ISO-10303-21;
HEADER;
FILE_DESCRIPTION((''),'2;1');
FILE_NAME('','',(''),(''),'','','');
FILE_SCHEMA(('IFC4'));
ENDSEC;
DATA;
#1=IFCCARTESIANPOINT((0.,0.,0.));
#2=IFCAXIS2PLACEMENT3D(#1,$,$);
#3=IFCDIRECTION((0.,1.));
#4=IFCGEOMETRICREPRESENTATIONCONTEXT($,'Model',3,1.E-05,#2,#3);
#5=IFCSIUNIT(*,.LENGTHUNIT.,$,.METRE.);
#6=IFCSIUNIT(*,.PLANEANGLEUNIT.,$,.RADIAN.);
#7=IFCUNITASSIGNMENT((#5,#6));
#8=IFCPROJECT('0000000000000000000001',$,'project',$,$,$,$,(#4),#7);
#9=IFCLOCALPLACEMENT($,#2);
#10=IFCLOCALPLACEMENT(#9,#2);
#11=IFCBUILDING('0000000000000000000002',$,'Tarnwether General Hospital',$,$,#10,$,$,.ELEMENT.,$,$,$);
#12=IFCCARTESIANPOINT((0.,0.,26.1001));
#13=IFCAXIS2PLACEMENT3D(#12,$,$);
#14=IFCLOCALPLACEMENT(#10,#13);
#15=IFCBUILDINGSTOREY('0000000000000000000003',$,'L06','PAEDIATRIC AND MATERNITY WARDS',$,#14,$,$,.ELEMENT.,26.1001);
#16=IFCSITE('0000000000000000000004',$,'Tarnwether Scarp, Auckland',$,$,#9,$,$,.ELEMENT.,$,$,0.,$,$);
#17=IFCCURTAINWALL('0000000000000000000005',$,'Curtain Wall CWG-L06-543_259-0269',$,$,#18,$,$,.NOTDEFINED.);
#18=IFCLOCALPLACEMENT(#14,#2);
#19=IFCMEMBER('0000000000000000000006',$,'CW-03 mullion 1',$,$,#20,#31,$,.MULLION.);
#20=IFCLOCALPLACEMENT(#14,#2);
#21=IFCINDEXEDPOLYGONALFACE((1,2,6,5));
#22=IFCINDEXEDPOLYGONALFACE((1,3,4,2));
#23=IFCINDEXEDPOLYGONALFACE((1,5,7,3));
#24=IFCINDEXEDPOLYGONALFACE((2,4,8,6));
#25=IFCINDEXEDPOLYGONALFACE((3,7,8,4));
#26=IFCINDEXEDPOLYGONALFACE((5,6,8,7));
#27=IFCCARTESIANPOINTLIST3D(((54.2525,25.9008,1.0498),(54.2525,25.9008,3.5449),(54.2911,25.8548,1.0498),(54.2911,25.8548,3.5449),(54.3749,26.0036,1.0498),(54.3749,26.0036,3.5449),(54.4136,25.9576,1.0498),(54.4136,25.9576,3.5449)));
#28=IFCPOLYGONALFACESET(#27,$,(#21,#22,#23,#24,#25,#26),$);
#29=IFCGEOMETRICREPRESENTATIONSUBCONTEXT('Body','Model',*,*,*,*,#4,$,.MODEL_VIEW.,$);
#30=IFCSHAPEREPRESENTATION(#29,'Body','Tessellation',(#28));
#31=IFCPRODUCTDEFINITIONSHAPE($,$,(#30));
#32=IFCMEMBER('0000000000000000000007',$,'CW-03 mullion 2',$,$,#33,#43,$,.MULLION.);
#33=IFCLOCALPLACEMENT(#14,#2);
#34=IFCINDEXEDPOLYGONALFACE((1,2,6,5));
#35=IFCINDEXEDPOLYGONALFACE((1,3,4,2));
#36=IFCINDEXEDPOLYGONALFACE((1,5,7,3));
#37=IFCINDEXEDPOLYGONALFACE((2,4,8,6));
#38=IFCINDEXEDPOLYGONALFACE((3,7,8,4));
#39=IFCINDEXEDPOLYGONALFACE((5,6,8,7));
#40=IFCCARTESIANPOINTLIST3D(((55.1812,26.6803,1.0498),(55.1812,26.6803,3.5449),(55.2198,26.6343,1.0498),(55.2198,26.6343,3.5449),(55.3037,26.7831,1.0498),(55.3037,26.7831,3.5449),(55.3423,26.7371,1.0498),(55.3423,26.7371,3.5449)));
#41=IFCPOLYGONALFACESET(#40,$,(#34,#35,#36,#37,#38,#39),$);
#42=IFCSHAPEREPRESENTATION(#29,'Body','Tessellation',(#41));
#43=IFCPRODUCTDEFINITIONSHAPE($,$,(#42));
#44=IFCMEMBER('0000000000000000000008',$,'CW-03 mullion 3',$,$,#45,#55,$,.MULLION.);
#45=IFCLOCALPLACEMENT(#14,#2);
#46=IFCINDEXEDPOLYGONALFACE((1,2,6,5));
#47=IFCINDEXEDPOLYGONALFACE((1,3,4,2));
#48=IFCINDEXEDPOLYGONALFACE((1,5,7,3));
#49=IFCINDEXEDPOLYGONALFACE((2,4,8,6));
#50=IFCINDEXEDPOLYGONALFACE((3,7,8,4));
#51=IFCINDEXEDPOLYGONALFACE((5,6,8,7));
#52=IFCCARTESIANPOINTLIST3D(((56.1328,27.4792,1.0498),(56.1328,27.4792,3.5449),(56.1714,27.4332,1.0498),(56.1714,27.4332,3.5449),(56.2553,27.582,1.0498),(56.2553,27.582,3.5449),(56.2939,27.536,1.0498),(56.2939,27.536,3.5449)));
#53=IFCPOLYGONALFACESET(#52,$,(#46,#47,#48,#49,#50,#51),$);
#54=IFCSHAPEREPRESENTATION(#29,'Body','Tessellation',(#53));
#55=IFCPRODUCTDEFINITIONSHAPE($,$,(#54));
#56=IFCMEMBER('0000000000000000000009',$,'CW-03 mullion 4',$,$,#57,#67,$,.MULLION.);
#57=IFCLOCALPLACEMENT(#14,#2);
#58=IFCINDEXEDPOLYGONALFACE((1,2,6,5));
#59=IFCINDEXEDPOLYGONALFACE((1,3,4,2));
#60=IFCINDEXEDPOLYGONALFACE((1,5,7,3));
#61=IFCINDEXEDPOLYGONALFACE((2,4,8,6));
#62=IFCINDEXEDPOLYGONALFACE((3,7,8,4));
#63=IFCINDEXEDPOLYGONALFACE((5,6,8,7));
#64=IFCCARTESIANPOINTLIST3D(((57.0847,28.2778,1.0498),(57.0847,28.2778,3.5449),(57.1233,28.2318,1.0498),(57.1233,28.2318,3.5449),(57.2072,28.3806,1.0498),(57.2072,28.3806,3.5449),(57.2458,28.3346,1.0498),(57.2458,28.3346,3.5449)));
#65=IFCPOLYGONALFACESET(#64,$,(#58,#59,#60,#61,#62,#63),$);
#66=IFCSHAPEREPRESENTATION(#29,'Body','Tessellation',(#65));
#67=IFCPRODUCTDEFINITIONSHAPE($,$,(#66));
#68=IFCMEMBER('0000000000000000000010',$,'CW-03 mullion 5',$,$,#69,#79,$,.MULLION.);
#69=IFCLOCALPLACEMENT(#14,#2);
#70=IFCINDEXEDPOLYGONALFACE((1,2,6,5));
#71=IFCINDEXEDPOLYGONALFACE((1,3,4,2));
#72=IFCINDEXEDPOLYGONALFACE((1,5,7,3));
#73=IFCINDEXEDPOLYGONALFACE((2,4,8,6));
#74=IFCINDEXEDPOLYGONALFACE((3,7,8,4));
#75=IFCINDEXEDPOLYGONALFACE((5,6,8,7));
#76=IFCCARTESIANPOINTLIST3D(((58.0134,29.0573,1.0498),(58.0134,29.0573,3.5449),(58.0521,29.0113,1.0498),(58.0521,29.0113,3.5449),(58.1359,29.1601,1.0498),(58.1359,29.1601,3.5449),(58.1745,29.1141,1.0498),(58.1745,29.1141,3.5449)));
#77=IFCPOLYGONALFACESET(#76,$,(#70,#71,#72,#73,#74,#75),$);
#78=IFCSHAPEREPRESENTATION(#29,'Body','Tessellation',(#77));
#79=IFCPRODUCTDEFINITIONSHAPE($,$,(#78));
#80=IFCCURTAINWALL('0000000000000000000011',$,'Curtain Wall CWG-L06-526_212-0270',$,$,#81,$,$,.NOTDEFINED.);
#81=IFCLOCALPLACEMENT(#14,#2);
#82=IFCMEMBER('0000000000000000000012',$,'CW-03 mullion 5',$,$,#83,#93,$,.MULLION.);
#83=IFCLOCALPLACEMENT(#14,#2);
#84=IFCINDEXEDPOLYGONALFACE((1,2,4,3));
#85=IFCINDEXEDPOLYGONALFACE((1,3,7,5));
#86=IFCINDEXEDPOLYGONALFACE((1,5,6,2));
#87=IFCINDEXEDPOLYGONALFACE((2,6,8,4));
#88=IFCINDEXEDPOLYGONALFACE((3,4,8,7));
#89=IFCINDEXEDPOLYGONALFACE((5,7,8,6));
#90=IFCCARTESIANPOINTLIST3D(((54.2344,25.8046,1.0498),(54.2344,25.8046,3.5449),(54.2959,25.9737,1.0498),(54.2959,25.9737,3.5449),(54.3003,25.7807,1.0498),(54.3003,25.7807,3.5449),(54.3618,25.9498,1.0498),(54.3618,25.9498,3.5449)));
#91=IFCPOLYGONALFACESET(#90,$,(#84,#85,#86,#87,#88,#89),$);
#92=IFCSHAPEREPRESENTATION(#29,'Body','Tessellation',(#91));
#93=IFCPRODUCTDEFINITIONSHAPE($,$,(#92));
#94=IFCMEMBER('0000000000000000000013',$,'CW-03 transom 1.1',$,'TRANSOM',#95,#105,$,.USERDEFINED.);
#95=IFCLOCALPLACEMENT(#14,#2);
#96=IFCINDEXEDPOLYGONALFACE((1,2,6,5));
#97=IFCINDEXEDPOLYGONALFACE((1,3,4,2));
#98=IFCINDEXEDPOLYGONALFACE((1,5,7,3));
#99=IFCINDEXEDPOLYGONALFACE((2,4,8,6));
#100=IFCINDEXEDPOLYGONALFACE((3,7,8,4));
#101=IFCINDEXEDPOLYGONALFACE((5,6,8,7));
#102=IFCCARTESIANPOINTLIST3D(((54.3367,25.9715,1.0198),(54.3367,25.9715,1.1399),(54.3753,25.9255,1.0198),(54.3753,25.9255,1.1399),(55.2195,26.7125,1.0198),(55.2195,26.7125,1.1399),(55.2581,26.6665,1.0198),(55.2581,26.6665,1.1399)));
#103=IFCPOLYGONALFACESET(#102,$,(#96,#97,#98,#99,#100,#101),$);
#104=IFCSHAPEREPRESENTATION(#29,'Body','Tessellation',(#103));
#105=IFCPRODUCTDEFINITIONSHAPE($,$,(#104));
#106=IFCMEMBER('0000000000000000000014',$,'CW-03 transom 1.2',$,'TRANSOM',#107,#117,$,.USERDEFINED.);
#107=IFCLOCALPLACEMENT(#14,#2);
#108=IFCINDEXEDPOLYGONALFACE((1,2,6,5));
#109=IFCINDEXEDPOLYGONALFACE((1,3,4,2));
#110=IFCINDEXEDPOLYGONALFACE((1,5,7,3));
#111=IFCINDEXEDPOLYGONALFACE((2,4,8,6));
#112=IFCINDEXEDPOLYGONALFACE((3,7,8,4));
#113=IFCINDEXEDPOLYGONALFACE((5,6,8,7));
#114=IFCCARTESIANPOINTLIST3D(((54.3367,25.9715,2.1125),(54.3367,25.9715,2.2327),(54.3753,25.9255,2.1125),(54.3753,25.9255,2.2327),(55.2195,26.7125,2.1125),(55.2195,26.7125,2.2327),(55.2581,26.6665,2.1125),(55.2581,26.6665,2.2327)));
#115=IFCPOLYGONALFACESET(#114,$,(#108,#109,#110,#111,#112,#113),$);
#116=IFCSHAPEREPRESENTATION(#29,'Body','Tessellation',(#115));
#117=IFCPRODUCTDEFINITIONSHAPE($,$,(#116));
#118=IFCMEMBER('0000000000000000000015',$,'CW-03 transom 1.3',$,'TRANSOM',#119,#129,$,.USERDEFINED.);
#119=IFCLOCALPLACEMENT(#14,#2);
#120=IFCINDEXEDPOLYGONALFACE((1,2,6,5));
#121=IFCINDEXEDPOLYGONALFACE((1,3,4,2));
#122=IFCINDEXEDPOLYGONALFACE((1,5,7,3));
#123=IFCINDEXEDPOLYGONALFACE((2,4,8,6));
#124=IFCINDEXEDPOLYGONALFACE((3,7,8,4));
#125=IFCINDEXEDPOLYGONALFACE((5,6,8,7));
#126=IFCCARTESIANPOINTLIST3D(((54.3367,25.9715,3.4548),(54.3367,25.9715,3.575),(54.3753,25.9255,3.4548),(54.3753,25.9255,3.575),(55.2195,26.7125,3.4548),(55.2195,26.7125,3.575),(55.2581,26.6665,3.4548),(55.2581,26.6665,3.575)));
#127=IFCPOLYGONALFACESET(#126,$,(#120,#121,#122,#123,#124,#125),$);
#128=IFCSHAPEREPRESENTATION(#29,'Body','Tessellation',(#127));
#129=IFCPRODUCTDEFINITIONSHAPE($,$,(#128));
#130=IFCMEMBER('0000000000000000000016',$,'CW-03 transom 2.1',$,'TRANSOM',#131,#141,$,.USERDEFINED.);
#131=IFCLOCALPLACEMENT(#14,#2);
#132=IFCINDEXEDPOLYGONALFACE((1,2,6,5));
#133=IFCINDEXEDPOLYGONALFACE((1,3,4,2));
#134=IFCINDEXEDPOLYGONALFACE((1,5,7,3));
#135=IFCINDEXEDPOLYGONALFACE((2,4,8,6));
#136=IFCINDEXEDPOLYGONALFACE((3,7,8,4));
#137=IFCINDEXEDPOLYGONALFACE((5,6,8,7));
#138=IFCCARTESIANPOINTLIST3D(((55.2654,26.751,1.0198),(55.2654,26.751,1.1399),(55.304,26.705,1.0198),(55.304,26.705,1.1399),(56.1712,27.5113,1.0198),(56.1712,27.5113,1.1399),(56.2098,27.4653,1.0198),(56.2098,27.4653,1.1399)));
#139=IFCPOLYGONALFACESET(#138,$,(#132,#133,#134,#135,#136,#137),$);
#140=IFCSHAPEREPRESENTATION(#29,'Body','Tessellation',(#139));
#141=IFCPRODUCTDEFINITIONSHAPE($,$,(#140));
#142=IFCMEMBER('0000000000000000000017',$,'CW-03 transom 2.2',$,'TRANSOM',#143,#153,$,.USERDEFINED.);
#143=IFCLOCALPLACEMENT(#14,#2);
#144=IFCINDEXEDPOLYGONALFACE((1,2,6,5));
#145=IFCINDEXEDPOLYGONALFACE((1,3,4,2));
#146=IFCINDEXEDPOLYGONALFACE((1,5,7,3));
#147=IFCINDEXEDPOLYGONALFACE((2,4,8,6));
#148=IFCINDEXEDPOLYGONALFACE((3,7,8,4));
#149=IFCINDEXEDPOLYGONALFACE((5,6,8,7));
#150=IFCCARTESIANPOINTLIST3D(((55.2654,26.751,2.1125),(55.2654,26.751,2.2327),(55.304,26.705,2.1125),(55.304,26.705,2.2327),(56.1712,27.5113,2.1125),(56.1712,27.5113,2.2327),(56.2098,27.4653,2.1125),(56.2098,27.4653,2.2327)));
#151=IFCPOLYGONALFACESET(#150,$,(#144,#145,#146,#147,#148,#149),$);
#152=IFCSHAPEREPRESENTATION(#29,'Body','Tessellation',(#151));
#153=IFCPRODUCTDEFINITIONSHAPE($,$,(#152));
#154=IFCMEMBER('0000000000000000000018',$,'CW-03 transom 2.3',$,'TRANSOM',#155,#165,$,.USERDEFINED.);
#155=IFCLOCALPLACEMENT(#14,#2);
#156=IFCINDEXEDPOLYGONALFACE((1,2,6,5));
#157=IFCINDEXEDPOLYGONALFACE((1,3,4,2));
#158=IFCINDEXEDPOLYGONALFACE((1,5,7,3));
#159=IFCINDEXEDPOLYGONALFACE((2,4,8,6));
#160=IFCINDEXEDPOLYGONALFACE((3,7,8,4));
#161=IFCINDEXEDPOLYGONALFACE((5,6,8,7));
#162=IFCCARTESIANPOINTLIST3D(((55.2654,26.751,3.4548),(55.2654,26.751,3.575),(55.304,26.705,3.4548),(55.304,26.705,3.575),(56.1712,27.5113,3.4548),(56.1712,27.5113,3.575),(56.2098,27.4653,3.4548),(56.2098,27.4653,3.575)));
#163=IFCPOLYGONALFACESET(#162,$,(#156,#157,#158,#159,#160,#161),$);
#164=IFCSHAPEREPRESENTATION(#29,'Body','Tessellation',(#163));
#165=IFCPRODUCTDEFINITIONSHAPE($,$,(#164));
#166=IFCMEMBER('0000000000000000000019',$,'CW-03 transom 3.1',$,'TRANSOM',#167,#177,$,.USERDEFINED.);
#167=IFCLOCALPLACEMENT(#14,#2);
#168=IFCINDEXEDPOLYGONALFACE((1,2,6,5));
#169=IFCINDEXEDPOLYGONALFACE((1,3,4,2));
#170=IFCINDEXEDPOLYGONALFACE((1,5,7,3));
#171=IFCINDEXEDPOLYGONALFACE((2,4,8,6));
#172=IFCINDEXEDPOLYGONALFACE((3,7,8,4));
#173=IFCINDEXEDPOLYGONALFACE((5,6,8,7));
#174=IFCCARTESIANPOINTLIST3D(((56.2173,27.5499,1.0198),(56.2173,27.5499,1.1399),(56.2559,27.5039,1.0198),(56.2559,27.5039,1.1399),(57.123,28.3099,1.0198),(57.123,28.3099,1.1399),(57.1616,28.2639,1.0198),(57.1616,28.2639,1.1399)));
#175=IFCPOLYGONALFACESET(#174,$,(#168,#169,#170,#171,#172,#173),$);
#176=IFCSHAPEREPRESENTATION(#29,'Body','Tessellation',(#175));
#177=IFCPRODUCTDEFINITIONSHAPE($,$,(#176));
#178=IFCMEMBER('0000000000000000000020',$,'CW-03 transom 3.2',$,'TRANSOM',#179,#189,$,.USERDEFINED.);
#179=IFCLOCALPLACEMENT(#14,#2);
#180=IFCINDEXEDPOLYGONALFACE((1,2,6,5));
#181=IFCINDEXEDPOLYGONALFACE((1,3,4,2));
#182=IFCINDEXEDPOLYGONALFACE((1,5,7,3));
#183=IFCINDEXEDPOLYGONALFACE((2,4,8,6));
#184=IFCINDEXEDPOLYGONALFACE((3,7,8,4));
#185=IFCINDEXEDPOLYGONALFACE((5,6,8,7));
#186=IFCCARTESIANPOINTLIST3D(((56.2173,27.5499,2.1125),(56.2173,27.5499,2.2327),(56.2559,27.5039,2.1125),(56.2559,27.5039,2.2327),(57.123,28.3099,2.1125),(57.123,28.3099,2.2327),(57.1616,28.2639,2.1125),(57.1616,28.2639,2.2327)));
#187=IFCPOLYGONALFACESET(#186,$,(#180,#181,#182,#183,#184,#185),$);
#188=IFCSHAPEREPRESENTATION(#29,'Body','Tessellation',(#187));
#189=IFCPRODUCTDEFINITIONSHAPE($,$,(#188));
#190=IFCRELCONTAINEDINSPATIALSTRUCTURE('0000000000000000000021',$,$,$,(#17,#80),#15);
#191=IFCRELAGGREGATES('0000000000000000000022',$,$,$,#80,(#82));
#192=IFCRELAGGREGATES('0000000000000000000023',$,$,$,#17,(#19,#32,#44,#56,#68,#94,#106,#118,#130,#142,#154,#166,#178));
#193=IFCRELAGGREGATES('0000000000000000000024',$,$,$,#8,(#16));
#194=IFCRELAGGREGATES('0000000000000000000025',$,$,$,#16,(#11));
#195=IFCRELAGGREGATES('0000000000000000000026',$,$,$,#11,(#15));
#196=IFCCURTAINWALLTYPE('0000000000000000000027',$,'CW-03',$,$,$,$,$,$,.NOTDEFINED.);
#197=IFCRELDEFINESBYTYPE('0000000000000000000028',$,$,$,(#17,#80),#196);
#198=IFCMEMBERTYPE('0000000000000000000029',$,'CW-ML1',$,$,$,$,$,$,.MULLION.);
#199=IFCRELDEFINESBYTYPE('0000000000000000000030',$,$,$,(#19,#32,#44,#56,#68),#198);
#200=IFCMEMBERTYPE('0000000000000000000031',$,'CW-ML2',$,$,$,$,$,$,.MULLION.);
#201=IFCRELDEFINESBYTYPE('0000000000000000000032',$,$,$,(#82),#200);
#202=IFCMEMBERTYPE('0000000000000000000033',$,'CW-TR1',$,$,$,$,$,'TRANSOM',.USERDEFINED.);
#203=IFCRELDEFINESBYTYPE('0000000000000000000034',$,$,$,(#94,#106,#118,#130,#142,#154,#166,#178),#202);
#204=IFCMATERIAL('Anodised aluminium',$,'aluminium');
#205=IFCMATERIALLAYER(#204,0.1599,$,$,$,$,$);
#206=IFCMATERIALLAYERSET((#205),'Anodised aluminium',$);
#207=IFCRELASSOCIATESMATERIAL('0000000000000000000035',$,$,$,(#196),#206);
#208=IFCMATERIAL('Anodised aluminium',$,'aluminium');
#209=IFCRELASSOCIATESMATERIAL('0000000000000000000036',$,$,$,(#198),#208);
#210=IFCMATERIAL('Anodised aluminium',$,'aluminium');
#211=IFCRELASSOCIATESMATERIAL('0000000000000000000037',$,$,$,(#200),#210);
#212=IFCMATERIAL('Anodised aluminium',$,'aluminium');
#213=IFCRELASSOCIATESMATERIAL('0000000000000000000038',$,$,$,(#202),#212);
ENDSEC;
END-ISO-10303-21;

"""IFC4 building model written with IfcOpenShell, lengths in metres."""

from ifc_helpers import new_model, si_unit, direction, frame, origin, origin_2d, place, context, subcontext, project, spatial, rectangle, extrude, material, layer, layer_set, material_profile, profile_set, type_object, element, aggregate, save


model = new_model("IFC4")

# Units and contexts
model_context = context("Model", 3, precision=1e-05, world=origin(), true_north=direction((0.0, 1.0)))
body_context = subcontext(model_context, "Body", "Model", "MODEL_VIEW")
ifc_project = project(units=[si_unit("LENGTHUNIT", "METRE"), si_unit("PLANEANGLEUNIT", "RADIAN")], contexts=[model_context])

# Site, building, storey
site_placement = place(None, origin())
site = spatial("IfcSite", under=ifc_project, at=site_placement, Name="Tarnwether Scarp, Auckland", CompositionType="ELEMENT", RefElevation=0.0)
building_placement = place(site_placement, origin())
building = spatial("IfcBuilding", under=site, at=building_placement, Name="Tarnwether General Hospital", CompositionType="ELEMENT")
storey_placement = place(building_placement, frame((0.0, 0.0, 26.1001)))
storey = spatial("IfcBuildingStorey", under=building, at=storey_placement, Name="L06", Description="PAEDIATRIC AND MATERNITY WARDS", CompositionType="ELEMENT", Elevation=26.1001)

# Curtain wall, members
ifc_material_1 = material(Name="Anodised aluminium", Category="aluminium")
ifc_layer_1 = layer(ifc_material_1, 0.1599)
ifc_layer_set_1 = layer_set([ifc_layer_1], Name="Anodised aluminium")
curtain_wall_type = type_object("IfcCurtainWallType", Name="CW-03", PredefinedType="NOTDEFINED", material=ifc_layer_set_1)
curtain_wall_1_placement = place(storey_placement, origin())
curtain_wall_1 = element("IfcCurtainWall", 1, at=curtain_wall_1_placement, inside=storey, type_object=curtain_wall_type, Name="Curtain Wall CWG-L06-543_259-0269", PredefinedType="NOTDEFINED")
ifc_material_2 = material(Name="Anodised aluminium", Category="aluminium")
ifc_material_profile_1 = material_profile(ifc_material_2, rectangle(XDim=0.0601, YDim=0.1599, at=origin_2d()), Name="ALU-MUL-60x160")
ifc_profile_set_1 = profile_set([ifc_material_profile_1], Name="Anodised aluminium")
member_type_1 = type_object("IfcMemberType", Name="CW-ML1", PredefinedType="MULLION", material=ifc_profile_set_1)
member_1_placement = place(storey_placement, frame((54.333, 25.9292, 1.0498), z_axis=(0.0, 0.0, 1.0), x_axis=(-0.642852, 0.76599, 0.0)))
member_1 = element("IfcMember", 2, at=member_1_placement, type_object=member_type_1, Name="CW-03 mullion 1", PredefinedType="MULLION", context=body_context, shape_type="SweptSolid", body=[
    extrude(rectangle(XDim=0.0601, YDim=0.1599, at=origin_2d()), origin(), (0.0, 0.0, 1.0), 2.4951),
])
member_2_placement = place(storey_placement, frame((55.2617, 26.7087, 1.0498), z_axis=(0.0, 0.0, 1.0), x_axis=(-0.642852, 0.76599, 0.0)))
member_2 = element("IfcMember", 3, at=member_2_placement, type_object=member_type_1, Name="CW-03 mullion 2", PredefinedType="MULLION", context=body_context, shape_type="SweptSolid", body=[
    extrude(rectangle(XDim=0.0601, YDim=0.1599, at=origin_2d()), origin(), (0.0, 0.0, 1.0), 2.4951),
])
member_3_placement = place(storey_placement, frame((56.2134, 27.5076, 1.0498), z_axis=(0.0, 0.0, 1.0), x_axis=(-0.642852, 0.76599, 0.0)))
member_3 = element("IfcMember", 4, at=member_3_placement, type_object=member_type_1, Name="CW-03 mullion 3", PredefinedType="MULLION", context=body_context, shape_type="SweptSolid", body=[
    extrude(rectangle(XDim=0.0601, YDim=0.1599, at=origin_2d()), origin(), (0.0, 0.0, 1.0), 2.4951),
])
member_4_placement = place(storey_placement, frame((57.1653, 28.3062, 1.0498), z_axis=(0.0, 0.0, 1.0), x_axis=(-0.642852, 0.76599, 0.0)))
member_4 = element("IfcMember", 5, at=member_4_placement, type_object=member_type_1, Name="CW-03 mullion 4", PredefinedType="MULLION", context=body_context, shape_type="SweptSolid", body=[
    extrude(rectangle(XDim=0.0601, YDim=0.1599, at=origin_2d()), origin(), (0.0, 0.0, 1.0), 2.4951),
])
member_5_placement = place(storey_placement, frame((58.094, 29.0857, 1.0498), z_axis=(0.0, 0.0, 1.0), x_axis=(-0.642852, 0.76599, 0.0)))
member_5 = element("IfcMember", 6, at=member_5_placement, type_object=member_type_1, Name="CW-03 mullion 5", PredefinedType="MULLION", context=body_context, shape_type="SweptSolid", body=[
    extrude(rectangle(XDim=0.0601, YDim=0.1599, at=origin_2d()), origin(), (0.0, 0.0, 1.0), 2.4951),
])

# Curtain wall, member
curtain_wall_2_placement = place(storey_placement, origin())
curtain_wall_2 = element("IfcCurtainWall", 7, at=curtain_wall_2_placement, inside=storey, type_object=curtain_wall_type, Name="Curtain Wall CWG-L06-526_212-0270", PredefinedType="NOTDEFINED")
ifc_material_3 = material(Name="Anodised aluminium", Category="aluminium")
ifc_material_profile_2 = material_profile(ifc_material_3, rectangle(XDim=0.0701, YDim=0.1799, at=origin_2d()), Name="ALU-MUL-70x180")
ifc_profile_set_2 = profile_set([ifc_material_profile_2], Name="Anodised aluminium")
member_type_2 = type_object("IfcMemberType", Name="CW-ML2", PredefinedType="MULLION", material=ifc_profile_set_2)
member_6_placement = place(storey_placement, frame((54.2981, 25.8772, 1.0498), z_axis=(0.0, 0.0, 1.0), x_axis=(-0.939717, 0.341953, 0.0)))
member_6 = element("IfcMember", 8, at=member_6_placement, type_object=member_type_2, Name="CW-03 mullion 5", PredefinedType="MULLION", context=body_context, shape_type="SweptSolid", body=[
    extrude(rectangle(XDim=0.0701, YDim=0.1799, at=origin_2d()), origin(), (0.0, 0.0, 1.0), 2.4951),
])

# Members
ifc_material_4 = material(Name="Anodised aluminium", Category="aluminium")
ifc_material_profile_3 = material_profile(ifc_material_4, rectangle(XDim=0.0601, YDim=0.1201, at=origin_2d()), Name="ALU-TRN-60x120")
ifc_profile_set_3 = profile_set([ifc_material_profile_3], Name="Anodised aluminium")
member_type_3 = type_object("IfcMemberType", Name="CW-TR1", ElementType="TRANSOM", PredefinedType="USERDEFINED", material=ifc_profile_set_3)
member_7_placement = place(storey_placement, frame((54.356, 25.9485, 1.0798), z_axis=(0.765959, 0.642889, 0.0), x_axis=(-0.642889, 0.765959, 0.0)))
member_7 = element("IfcMember", 9, at=member_7_placement, type_object=member_type_3, Name="CW-03 transom 1.1", ObjectType="TRANSOM", PredefinedType="USERDEFINED", context=body_context, shape_type="SweptSolid", body=[
    extrude(rectangle(XDim=0.0601, YDim=0.1201, at=origin_2d()), origin(), (0.0, 0.0, 1.0), 1.1526),
])
member_8_placement = place(storey_placement, frame((54.356, 25.9485, 2.1726), z_axis=(0.765959, 0.642889, 0.0), x_axis=(-0.642889, 0.765959, 0.0)))
member_8 = element("IfcMember", 10, at=member_8_placement, type_object=member_type_3, Name="CW-03 transom 1.2", ObjectType="TRANSOM", PredefinedType="USERDEFINED", context=body_context, shape_type="SweptSolid", body=[
    extrude(rectangle(XDim=0.0601, YDim=0.1201, at=origin_2d()), origin(), (0.0, 0.0, 1.0), 1.1526),
])
member_9_placement = place(storey_placement, frame((54.356, 25.9485, 3.5149), z_axis=(0.765959, 0.642889, 0.0), x_axis=(-0.642889, 0.765959, 0.0)))
member_9 = element("IfcMember", 11, at=member_9_placement, type_object=member_type_3, Name="CW-03 transom 1.3", ObjectType="TRANSOM", PredefinedType="USERDEFINED", context=body_context, shape_type="SweptSolid", body=[
    extrude(rectangle(XDim=0.0601, YDim=0.1201, at=origin_2d()), origin(), (0.0, 0.0, 1.0), 1.1526),
])
member_10_placement = place(storey_placement, frame((55.2847, 26.728, 1.0798), z_axis=(0.765949, 0.642902, 0.0), x_axis=(-0.642902, 0.765949, 0.0)))
member_10 = element("IfcMember", 12, at=member_10_placement, type_object=member_type_3, Name="CW-03 transom 2.1", ObjectType="TRANSOM", PredefinedType="USERDEFINED", context=body_context, shape_type="SweptSolid", body=[
    extrude(rectangle(XDim=0.0601, YDim=0.1201, at=origin_2d()), origin(), (0.0, 0.0, 1.0), 1.1826),
])
member_11_placement = place(storey_placement, frame((55.2847, 26.728, 2.1726), z_axis=(0.765949, 0.642902, 0.0), x_axis=(-0.642902, 0.765949, 0.0)))
member_11 = element("IfcMember", 13, at=member_11_placement, type_object=member_type_3, Name="CW-03 transom 2.2", ObjectType="TRANSOM", PredefinedType="USERDEFINED", context=body_context, shape_type="SweptSolid", body=[
    extrude(rectangle(XDim=0.0601, YDim=0.1201, at=origin_2d()), origin(), (0.0, 0.0, 1.0), 1.1826),
])
member_12_placement = place(storey_placement, frame((55.2847, 26.728, 3.5149), z_axis=(0.765949, 0.642902, 0.0), x_axis=(-0.642902, 0.765949, 0.0)))
member_12 = element("IfcMember", 14, at=member_12_placement, type_object=member_type_3, Name="CW-03 transom 2.3", ObjectType="TRANSOM", PredefinedType="USERDEFINED", context=body_context, shape_type="SweptSolid", body=[
    extrude(rectangle(XDim=0.0601, YDim=0.1201, at=origin_2d()), origin(), (0.0, 0.0, 1.0), 1.1826),
])
member_13_placement = place(storey_placement, frame((56.2366, 27.5269, 1.0798), z_axis=(0.766051, 0.64278, 0.0), x_axis=(-0.64278, 0.766051, 0.0)))
member_13 = element("IfcMember", 15, at=member_13_placement, type_object=member_type_3, Name="CW-03 transom 3.1", ObjectType="TRANSOM", PredefinedType="USERDEFINED", context=body_context, shape_type="SweptSolid", body=[
    extrude(rectangle(XDim=0.0601, YDim=0.1201, at=origin_2d()), origin(), (0.0, 0.0, 1.0), 1.1824),
])
member_14_placement = place(storey_placement, frame((56.2366, 27.5269, 2.1726), z_axis=(0.766051, 0.64278, 0.0), x_axis=(-0.64278, 0.766051, 0.0)))
member_14 = element("IfcMember", 16, at=member_14_placement, type_object=member_type_3, Name="CW-03 transom 3.2", ObjectType="TRANSOM", PredefinedType="USERDEFINED", context=body_context, shape_type="SweptSolid", body=[
    extrude(rectangle(XDim=0.0601, YDim=0.1201, at=origin_2d()), origin(), (0.0, 0.0, 1.0), 1.1824),
])

aggregate(curtain_wall_2, [member_6])
aggregate(curtain_wall_1, [member_1, member_2, member_3, member_4, member_5, member_7, member_8, member_9, member_10, member_11, member_12, member_13, member_14])

save(model, "model.ifc")
